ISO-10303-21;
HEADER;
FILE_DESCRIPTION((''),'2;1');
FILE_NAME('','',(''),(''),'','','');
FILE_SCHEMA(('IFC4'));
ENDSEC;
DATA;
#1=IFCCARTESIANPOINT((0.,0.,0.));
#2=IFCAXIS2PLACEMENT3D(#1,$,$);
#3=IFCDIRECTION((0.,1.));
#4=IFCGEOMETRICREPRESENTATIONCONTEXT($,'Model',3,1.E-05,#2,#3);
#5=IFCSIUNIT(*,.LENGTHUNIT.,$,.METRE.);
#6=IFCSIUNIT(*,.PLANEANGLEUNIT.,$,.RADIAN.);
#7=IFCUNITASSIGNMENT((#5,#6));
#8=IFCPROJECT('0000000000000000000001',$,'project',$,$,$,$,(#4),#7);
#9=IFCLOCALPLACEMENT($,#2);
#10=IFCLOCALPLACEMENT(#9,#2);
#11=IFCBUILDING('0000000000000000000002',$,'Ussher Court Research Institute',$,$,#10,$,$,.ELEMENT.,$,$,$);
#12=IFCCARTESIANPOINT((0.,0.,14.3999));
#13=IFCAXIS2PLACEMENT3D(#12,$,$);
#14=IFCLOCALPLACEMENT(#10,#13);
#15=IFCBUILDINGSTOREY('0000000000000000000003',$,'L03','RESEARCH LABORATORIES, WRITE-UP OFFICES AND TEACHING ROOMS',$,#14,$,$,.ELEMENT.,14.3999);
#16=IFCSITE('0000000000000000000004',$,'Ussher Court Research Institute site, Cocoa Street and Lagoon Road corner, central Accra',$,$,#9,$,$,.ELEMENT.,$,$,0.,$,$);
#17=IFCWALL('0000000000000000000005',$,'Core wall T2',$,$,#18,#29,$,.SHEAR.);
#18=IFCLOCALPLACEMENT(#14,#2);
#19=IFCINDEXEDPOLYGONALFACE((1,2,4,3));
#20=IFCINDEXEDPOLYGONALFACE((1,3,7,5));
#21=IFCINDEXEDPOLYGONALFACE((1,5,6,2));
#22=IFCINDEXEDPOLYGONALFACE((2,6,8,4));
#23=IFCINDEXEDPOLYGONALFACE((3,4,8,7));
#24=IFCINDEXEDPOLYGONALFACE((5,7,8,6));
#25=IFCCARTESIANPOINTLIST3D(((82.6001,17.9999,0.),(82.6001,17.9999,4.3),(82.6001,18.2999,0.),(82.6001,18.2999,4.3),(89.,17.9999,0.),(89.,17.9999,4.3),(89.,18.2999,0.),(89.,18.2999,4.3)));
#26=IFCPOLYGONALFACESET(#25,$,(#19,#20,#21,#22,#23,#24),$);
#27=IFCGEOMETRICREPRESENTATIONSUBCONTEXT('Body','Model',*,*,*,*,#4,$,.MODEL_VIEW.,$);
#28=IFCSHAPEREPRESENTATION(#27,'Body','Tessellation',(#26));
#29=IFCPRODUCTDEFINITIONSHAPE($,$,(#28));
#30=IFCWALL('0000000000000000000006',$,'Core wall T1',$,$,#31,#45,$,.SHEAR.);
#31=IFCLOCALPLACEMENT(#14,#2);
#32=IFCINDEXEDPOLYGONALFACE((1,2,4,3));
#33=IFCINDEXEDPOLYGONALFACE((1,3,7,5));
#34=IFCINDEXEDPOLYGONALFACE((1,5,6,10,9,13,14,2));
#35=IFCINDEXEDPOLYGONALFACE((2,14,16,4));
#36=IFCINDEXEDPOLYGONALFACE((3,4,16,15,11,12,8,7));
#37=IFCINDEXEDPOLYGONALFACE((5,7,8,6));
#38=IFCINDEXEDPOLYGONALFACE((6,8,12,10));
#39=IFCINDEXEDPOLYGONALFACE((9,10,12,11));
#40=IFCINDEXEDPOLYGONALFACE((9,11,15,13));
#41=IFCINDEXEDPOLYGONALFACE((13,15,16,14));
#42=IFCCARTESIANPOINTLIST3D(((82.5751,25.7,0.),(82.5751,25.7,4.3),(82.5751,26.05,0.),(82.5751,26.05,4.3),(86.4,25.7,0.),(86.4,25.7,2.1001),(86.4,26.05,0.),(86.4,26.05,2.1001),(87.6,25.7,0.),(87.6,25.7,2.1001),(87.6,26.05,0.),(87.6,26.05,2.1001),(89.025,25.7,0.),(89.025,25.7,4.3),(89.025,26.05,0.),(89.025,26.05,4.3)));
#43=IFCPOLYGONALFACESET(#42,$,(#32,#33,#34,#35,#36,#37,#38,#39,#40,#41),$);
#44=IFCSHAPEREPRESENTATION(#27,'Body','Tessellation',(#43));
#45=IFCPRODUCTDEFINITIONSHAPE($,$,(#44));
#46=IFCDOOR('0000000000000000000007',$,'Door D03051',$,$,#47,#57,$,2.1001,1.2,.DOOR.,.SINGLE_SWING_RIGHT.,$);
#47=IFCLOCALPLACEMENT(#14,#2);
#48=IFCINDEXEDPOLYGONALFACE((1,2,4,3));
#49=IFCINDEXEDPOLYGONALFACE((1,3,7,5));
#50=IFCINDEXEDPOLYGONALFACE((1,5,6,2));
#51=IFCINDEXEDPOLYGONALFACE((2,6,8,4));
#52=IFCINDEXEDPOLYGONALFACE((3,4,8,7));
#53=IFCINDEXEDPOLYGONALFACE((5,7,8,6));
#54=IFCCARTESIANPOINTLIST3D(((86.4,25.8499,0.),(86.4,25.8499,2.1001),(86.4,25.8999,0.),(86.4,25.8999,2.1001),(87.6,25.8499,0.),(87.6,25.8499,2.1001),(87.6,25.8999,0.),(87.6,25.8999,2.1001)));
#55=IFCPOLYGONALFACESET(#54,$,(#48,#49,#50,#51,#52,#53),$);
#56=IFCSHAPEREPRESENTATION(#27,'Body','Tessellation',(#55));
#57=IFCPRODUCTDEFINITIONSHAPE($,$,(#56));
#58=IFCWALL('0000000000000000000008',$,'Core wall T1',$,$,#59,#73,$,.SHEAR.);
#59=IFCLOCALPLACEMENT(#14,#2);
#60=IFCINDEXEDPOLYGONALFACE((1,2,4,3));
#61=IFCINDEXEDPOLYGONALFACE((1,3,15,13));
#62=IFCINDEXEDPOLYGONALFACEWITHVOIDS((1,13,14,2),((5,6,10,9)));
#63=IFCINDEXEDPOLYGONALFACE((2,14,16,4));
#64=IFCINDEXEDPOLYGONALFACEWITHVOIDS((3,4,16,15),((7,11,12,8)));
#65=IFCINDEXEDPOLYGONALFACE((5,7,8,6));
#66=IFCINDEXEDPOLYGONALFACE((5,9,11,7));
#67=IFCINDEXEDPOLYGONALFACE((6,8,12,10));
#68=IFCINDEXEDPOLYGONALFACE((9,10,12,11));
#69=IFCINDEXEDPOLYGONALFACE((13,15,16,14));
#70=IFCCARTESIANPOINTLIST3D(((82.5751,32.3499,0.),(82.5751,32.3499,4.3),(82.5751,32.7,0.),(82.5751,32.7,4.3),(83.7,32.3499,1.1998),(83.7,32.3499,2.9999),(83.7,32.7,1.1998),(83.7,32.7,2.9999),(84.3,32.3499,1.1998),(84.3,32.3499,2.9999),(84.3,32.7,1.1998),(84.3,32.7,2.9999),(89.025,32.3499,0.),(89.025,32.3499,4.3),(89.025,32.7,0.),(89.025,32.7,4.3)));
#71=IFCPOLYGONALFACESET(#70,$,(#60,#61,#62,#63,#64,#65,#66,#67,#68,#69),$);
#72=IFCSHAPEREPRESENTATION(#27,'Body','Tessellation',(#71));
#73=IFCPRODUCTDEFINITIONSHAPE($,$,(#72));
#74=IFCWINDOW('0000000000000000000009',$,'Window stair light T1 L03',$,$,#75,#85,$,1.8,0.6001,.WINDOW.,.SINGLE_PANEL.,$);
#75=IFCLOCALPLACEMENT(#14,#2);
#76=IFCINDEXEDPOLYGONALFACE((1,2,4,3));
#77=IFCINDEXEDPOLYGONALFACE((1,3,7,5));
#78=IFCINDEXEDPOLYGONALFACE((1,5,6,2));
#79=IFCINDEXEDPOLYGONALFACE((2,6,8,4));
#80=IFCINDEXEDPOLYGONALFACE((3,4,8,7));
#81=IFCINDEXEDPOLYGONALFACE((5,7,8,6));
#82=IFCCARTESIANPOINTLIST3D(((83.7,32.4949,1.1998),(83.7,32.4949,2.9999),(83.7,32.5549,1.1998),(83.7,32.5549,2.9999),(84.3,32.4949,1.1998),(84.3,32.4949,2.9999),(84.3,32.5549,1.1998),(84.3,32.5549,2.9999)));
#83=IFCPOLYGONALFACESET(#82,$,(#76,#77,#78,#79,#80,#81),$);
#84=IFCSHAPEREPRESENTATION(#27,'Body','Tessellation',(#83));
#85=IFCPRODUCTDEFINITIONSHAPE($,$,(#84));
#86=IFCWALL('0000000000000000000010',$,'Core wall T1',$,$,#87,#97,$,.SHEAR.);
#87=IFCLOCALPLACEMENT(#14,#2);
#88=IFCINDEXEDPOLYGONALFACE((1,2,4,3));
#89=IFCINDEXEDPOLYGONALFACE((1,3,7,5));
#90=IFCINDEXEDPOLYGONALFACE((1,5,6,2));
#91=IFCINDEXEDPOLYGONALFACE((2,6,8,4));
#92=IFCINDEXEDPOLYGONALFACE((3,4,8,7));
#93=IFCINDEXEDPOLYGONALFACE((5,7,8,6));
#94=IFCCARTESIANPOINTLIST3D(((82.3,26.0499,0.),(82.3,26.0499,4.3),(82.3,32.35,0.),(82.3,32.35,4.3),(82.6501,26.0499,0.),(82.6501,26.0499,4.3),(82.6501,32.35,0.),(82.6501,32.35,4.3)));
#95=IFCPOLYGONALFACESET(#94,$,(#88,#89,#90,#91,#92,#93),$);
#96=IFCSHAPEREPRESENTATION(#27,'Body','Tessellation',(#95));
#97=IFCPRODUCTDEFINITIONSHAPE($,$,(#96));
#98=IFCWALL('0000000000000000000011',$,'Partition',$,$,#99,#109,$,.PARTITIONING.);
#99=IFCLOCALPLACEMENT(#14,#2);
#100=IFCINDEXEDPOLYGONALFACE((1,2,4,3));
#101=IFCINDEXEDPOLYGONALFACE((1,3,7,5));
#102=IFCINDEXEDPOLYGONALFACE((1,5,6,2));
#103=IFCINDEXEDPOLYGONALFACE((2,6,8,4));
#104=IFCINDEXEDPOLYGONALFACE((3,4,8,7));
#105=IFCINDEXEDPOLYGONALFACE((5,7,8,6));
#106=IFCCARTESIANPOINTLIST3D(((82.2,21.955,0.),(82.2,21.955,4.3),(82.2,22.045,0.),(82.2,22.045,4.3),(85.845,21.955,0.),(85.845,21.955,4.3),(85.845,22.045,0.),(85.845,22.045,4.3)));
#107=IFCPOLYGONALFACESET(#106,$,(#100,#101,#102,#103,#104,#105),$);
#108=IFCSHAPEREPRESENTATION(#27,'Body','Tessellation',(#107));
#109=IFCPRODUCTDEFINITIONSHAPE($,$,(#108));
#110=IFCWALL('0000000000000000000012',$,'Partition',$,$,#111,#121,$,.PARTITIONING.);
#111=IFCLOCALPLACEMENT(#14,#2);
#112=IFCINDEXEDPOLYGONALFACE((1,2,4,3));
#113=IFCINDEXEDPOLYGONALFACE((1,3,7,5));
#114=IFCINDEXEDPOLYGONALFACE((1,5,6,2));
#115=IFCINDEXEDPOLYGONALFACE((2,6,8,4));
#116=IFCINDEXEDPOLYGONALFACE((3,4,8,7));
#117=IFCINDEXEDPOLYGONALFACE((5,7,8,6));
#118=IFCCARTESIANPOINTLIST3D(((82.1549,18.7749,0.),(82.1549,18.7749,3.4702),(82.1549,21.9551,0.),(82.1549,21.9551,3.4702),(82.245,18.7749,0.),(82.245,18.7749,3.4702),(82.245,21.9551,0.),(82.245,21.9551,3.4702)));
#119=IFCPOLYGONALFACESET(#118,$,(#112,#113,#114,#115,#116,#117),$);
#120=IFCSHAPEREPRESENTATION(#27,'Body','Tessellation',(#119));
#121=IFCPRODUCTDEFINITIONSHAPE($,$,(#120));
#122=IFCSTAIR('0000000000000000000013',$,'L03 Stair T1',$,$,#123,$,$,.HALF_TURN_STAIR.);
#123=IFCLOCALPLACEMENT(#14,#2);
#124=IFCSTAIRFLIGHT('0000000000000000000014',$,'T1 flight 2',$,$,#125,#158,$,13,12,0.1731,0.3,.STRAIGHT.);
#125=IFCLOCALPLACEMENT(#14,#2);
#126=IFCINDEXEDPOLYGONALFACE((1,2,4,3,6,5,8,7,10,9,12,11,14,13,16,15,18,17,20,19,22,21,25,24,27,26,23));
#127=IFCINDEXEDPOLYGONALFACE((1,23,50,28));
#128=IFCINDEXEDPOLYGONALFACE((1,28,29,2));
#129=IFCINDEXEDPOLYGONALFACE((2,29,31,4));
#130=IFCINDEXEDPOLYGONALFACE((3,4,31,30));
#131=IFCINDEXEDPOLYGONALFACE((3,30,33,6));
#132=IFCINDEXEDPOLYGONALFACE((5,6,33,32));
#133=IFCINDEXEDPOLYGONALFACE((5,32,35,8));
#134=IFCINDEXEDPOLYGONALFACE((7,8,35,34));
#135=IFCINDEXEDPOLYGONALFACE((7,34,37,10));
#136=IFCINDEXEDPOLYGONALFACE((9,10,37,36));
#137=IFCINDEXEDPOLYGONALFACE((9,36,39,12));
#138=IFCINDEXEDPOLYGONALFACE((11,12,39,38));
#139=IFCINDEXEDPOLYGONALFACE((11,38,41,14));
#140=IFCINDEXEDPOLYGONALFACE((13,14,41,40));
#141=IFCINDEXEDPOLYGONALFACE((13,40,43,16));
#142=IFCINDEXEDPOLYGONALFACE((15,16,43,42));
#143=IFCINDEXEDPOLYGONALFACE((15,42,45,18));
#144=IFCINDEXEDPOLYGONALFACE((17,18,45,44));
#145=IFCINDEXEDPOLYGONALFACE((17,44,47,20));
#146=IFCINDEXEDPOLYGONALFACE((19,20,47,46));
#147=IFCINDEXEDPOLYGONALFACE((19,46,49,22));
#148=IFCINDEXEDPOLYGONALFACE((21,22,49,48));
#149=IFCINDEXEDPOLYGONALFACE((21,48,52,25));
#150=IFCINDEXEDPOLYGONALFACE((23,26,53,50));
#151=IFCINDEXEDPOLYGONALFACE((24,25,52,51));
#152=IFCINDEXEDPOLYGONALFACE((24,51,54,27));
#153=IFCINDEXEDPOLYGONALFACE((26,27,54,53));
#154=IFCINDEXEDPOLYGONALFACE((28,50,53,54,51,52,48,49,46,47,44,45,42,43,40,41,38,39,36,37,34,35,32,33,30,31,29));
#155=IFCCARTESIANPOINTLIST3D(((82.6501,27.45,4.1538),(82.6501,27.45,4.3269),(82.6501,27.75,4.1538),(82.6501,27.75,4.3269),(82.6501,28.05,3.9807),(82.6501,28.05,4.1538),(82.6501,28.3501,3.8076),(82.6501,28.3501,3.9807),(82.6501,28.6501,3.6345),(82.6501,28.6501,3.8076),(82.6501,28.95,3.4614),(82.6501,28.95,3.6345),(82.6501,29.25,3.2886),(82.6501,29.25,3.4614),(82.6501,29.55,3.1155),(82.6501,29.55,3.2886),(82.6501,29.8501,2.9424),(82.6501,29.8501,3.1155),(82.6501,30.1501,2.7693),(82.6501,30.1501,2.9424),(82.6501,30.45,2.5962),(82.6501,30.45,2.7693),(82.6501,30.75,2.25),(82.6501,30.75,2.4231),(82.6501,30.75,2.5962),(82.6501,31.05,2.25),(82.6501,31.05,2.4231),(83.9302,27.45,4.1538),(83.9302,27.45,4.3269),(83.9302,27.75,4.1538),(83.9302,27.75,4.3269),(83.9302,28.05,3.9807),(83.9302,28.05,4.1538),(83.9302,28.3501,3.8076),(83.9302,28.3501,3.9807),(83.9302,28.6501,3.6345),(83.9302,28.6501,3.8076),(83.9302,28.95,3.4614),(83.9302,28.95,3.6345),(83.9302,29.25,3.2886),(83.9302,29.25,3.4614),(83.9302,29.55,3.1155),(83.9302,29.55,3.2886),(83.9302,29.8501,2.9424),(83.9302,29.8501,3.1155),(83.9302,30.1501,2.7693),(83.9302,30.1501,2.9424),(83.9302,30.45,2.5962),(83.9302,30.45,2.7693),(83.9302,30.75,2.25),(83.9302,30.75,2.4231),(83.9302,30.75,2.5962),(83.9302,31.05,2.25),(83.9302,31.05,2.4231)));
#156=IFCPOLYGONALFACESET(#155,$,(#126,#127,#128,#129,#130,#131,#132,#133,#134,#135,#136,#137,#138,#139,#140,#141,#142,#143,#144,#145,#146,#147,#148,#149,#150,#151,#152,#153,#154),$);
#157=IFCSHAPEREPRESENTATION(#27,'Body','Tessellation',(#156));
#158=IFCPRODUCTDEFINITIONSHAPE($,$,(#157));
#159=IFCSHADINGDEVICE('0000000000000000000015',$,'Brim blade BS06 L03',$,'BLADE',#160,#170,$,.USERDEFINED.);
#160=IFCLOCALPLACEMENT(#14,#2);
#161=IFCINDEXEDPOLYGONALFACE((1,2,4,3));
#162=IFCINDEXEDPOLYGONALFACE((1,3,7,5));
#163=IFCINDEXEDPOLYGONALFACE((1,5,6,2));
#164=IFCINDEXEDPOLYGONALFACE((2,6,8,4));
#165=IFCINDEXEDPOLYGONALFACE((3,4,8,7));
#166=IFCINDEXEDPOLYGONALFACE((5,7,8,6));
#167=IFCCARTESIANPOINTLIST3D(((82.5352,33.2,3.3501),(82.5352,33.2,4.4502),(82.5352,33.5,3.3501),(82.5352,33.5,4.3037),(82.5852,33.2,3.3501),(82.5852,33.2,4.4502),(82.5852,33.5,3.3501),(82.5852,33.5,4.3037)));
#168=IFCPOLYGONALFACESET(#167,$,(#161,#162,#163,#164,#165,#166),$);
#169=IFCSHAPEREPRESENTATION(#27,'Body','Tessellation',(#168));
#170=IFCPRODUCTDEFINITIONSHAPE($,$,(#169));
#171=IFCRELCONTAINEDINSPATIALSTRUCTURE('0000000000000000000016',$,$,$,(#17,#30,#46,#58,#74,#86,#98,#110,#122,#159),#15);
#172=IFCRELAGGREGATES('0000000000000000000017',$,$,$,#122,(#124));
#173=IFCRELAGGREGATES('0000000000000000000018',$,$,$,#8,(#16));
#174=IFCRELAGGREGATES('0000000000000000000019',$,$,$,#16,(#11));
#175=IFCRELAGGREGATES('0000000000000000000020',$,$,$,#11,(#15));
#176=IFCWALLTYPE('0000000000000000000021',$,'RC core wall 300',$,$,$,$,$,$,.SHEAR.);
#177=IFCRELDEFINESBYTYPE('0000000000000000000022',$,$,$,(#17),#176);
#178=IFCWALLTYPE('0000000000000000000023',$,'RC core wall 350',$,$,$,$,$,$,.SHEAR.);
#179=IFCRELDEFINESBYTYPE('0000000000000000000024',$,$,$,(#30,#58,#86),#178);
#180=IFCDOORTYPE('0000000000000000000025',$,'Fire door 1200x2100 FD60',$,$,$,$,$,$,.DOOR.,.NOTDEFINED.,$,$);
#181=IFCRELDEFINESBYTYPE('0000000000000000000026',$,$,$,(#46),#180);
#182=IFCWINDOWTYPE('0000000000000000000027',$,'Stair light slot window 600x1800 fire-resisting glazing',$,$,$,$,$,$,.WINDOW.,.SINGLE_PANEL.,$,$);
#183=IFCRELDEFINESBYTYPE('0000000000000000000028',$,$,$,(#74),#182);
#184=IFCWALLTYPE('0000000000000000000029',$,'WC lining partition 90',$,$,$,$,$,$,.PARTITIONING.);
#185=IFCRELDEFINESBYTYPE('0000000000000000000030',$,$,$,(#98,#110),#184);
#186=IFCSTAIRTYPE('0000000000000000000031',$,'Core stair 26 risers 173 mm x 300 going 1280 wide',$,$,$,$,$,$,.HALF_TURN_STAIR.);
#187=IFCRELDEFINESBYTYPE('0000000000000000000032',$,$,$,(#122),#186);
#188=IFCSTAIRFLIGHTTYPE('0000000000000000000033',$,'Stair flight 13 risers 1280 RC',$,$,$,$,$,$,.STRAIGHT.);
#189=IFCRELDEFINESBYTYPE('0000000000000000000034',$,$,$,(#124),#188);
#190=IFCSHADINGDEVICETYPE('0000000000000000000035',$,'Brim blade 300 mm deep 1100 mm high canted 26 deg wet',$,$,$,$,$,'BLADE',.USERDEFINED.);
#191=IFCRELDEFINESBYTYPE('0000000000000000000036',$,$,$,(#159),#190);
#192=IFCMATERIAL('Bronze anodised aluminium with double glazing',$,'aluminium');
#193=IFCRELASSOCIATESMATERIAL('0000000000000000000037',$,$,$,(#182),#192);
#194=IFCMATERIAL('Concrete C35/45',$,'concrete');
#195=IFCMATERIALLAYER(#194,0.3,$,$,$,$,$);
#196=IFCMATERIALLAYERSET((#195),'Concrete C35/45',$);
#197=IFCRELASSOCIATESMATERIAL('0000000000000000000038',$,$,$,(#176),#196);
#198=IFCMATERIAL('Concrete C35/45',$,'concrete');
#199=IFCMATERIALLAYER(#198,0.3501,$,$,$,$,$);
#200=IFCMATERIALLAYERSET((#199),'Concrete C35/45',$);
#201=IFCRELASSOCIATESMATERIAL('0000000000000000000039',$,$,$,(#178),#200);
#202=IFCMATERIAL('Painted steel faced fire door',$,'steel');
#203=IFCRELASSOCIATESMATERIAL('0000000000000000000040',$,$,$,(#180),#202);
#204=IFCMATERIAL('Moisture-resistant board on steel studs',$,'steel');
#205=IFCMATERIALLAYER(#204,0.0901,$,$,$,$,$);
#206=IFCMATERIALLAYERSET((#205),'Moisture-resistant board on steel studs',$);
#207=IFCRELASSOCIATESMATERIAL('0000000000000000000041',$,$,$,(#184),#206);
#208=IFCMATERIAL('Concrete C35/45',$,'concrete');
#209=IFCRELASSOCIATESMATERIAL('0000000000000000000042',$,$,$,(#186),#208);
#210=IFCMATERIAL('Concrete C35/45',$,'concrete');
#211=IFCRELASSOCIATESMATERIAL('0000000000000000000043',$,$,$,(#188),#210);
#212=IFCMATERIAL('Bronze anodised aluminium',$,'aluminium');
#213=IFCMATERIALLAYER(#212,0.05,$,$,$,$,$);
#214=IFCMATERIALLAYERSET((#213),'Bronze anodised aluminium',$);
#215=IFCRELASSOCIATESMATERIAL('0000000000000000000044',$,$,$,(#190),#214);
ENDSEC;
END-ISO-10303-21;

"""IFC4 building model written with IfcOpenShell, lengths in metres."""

from ifc_helpers import new_model, si_unit, direction, frame, frame_2d, origin, place, context, subcontext, project, spatial, polyline, rectangle, outline, extrude, material, layer, layer_set, type_object, element, fill, aggregate, save


model = new_model("IFC4")

# Units and contexts
model_context = context("Model", 3, precision=1e-05, world=origin(), true_north=direction((0.0, 1.0)))
body_context = subcontext(model_context, "Body", "Model", "MODEL_VIEW")
ifc_project = project(units=[si_unit("LENGTHUNIT", "METRE"), si_unit("PLANEANGLEUNIT", "RADIAN")], contexts=[model_context])

# Site, building, storey
site_placement = place(None, origin())
site = spatial("IfcSite", under=ifc_project, at=site_placement, Name="Ussher Court Research Institute site, Cocoa Street and Lagoon Road corner, central Accra", CompositionType="ELEMENT", RefElevation=0.0)
building_placement = place(site_placement, origin())
building = spatial("IfcBuilding", under=site, at=building_placement, Name="Ussher Court Research Institute", CompositionType="ELEMENT")
storey_placement = place(building_placement, frame((0.0, 0.0, 14.3999)))
storey = spatial("IfcBuildingStorey", under=building, at=storey_placement, Name="L03", Description="RESEARCH LABORATORIES, WRITE-UP OFFICES AND TEACHING ROOMS", CompositionType="ELEMENT", Elevation=14.3999)

# Shared definitions
ifc_material_1 = material(Name="Bronze anodised aluminium with double glazing", Category="aluminium")
window_type = type_object("IfcWindowType", Name="Stair light slot window 600x1800 fire-resisting glazing", PartitioningType="SINGLE_PANEL", PredefinedType="WINDOW", material=ifc_material_1)

# Wall
ifc_material_2 = material(Name="Concrete C35/45", Category="concrete")
ifc_layer_1 = layer(ifc_material_2, 0.3)
ifc_layer_set_1 = layer_set([ifc_layer_1], Name="Concrete C35/45")
wall_type_1 = type_object("IfcWallType", Name="RC core wall 300", PredefinedType="SHEAR", material=ifc_layer_set_1)
wall_1_placement = place(storey_placement, frame((82.6001, 18.1499, 0.0), z_axis=(0.0, 0.0, 1.0), x_axis=(1.0, 0.0, 0.0)))
element("IfcWall", 1, at=wall_1_placement, inside=storey, type_object=wall_type_1, Name="Core wall T2", PredefinedType="SHEAR", context=body_context, shape_type="SweptSolid", body=[
    extrude(rectangle(XDim=6.3999, YDim=0.3, at=frame_2d((3.2, 0.0))), origin(), (0.0, 0.0, 1.0), 4.3),
])

# Wall, opening, door
ifc_material_3 = material(Name="Concrete C35/45", Category="concrete")
ifc_layer_2 = layer(ifc_material_3, 0.3501)
ifc_layer_set_2 = layer_set([ifc_layer_2], Name="Concrete C35/45")
wall_type_2 = type_object("IfcWallType", Name="RC core wall 350", PredefinedType="SHEAR", material=ifc_layer_set_2)
wall_2_placement = place(storey_placement, frame((82.575, 25.875, 0.0), z_axis=(0.0, 0.0, 1.0), x_axis=(1.0, 0.0, 0.0)))
wall_2 = element("IfcWall", 2, at=wall_2_placement, inside=storey, type_object=wall_type_2, Name="Core wall T1", PredefinedType="SHEAR", context=body_context, shape_type="SweptSolid", body=[
    extrude(rectangle(XDim=6.45, YDim=0.3501, at=frame_2d((3.2251, 0.0))), origin(), (0.0, 0.0, 1.0), 4.3),
])
opening_1_placement = place(wall_2_placement, frame((3.825, 0.0, 0.0)))
opening_1 = element("IfcOpeningElement", 3, at=opening_1_placement, cuts=wall_2, PredefinedType="OPENING", context=body_context, shape_type="SweptSolid", body=[
    extrude(rectangle(XDim=1.2, YDim=2.1001, at=frame_2d((0.6001, 1.05))), frame((0.0, 0.1851, 0.0), z_axis=(0.0, -1.0, 0.0), x_axis=(1.0, 0.0, 0.0)), (0.0, 0.0, 1.0), 0.3701),
])
ifc_material_4 = material(Name="Painted steel faced fire door", Category="steel")
door_type_1 = type_object("IfcDoorType", Name="Fire door 1200x2100 FD60", OperationType="NOTDEFINED", PredefinedType="DOOR", material=ifc_material_4)
door_1_placement = place(opening_1_placement, origin())
door_1 = element("IfcDoor", 4, at=door_1_placement, inside=storey, type_object=door_type_1, Name="Door D03051", OperationType="SINGLE_SWING_RIGHT", OverallHeight=2.1001, OverallWidth=1.2, PredefinedType="DOOR", context=body_context, shape_type="SweptSolid", body=[
    extrude(rectangle(XDim=1.2, YDim=2.1001, at=frame_2d((0.6001, 1.05))), frame((0.0, 0.0249, 0.0), z_axis=(0.0, -1.0, 0.0), x_axis=(1.0, 0.0, 0.0)), (0.0, 0.0, 1.0), 0.05),
])
fill(opening_1, door_1)

# Wall, opening, window
wall_3_placement = place(storey_placement, frame((82.575, 32.5249, 0.0), z_axis=(0.0, 0.0, 1.0), x_axis=(1.0, 0.0, 0.0)))
wall_3 = element("IfcWall", 5, at=wall_3_placement, inside=storey, type_object=wall_type_2, Name="Core wall T1", PredefinedType="SHEAR", context=body_context, shape_type="SweptSolid", body=[
    extrude(rectangle(XDim=6.45, YDim=0.3501, at=frame_2d((3.2251, 0.0))), origin(), (0.0, 0.0, 1.0), 4.3),
])
opening_2_placement = place(wall_3_placement, frame((1.125, 0.0, 1.2)))
opening_2 = element("IfcOpeningElement", 6, at=opening_2_placement, cuts=wall_3, PredefinedType="OPENING", context=body_context, shape_type="SweptSolid", body=[
    extrude(rectangle(XDim=0.6001, YDim=1.8, at=frame_2d((0.3, 0.8999))), frame((0.0, 0.1851, 0.0), z_axis=(0.0, -1.0, 0.0), x_axis=(1.0, 0.0, 0.0)), (0.0, 0.0, 1.0), 0.3701),
])
window_1_placement = place(opening_2_placement, origin())
window_1 = element("IfcWindow", 7, at=window_1_placement, inside=storey, type_object=window_type, Name="Window stair light T1 L03", OverallHeight=1.8, OverallWidth=0.6001, PartitioningType="SINGLE_PANEL", PredefinedType="WINDOW", context=body_context, shape_type="SweptSolid", body=[
    extrude(rectangle(XDim=0.6001, YDim=1.8, at=frame_2d((0.3, 0.8999))), frame((0.0, 0.03, 0.0), z_axis=(0.0, -1.0, 0.0), x_axis=(1.0, 0.0, 0.0)), (0.0, 0.0, 1.0), 0.0601),
])
fill(opening_2, window_1)

# Walls
wall_4_placement = place(storey_placement, frame((82.4751, 26.05, 0.0), z_axis=(0.0, 0.0, 1.0), x_axis=(0.0, 1.0, 0.0)))
element("IfcWall", 8, at=wall_4_placement, inside=storey, type_object=wall_type_2, Name="Core wall T1", PredefinedType="SHEAR", context=body_context, shape_type="SweptSolid", body=[
    extrude(rectangle(XDim=6.3, YDim=0.3501, at=frame_2d((3.1499, 0.0))), origin(), (0.0, 0.0, 1.0), 4.3),
])
ifc_material_5 = material(Name="Moisture-resistant board on steel studs", Category="steel")
ifc_layer_3 = layer(ifc_material_5, 0.0901)
ifc_layer_set_3 = layer_set([ifc_layer_3], Name="Moisture-resistant board on steel studs")
wall_type_3 = type_object("IfcWallType", Name="WC lining partition 90", PredefinedType="PARTITIONING", material=ifc_layer_set_3)
wall_5_placement = place(storey_placement, frame((82.2, 22.0, 0.0), z_axis=(0.0, 0.0, 1.0), x_axis=(1.0, 0.0, 0.0)))
element("IfcWall", 9, at=wall_5_placement, inside=storey, type_object=wall_type_3, Name="Partition", PredefinedType="PARTITIONING", context=body_context, shape_type="SweptSolid", body=[
    extrude(rectangle(XDim=3.645, YDim=0.0901, at=frame_2d((1.8225, 0.0))), origin(), (0.0, 0.0, 1.0), 4.3),
])
wall_6_placement = place(storey_placement, frame((82.2, 18.7749, 0.0), z_axis=(0.0, 0.0, 1.0), x_axis=(0.0, 1.0, 0.0)))
element("IfcWall", 10, at=wall_6_placement, inside=storey, type_object=wall_type_3, Name="Partition", PredefinedType="PARTITIONING", context=body_context, shape_type="SweptSolid", body=[
    extrude(rectangle(XDim=3.1802, YDim=0.0901, at=frame_2d((1.5901, 0.0))), origin(), (0.0, 0.0, 1.0), 3.4702),
])

# Stair, stair flight
ifc_material_6 = material(Name="Concrete C35/45", Category="concrete")
stair_type = type_object("IfcStairType", Name="Core stair 26 risers 173 mm x 300 going 1280 wide", PredefinedType="HALF_TURN_STAIR", material=ifc_material_6)
stair_placement = place(storey_placement, origin())
stair = element("IfcStair", 11, at=stair_placement, inside=storey, type_object=stair_type, Name="L03 Stair T1", PredefinedType="HALF_TURN_STAIR")
ifc_material_7 = material(Name="Concrete C35/45", Category="concrete")
stair_flight_type = type_object("IfcStairFlightType", Name="Stair flight 13 risers 1280 RC", PredefinedType="STRAIGHT", material=ifc_material_7)
stair_flight_placement = place(storey_placement, frame((83.29, 31.05, 2.25), z_axis=(0.0, 0.0, 1.0), x_axis=(0.0, -1.0, 0.0)))
stair_flight = element("IfcStairFlight", 12, at=stair_flight_placement, type_object=stair_flight_type, Name="T1 flight 2", NumberOfRisers=13, NumberOfTreads=12, PredefinedType="STRAIGHT", RiserHeight=0.1731, TreadLength=0.3, context=body_context, shape_type="SweptSolid", body=[
    extrude(outline(polyline([(0.0, 0.0), (0.0, 0.1731), (0.3, 0.1731), (0.3, 0.3462), (0.6001, 0.3462), (0.6001, 0.5193), (0.8999, 0.5193), (0.8999, 0.6924), (1.2, 0.6924), (1.2, 0.8655), (1.5, 0.8655), (1.5, 1.0386), (1.8, 1.0386), (1.8, 1.2114), (2.1001, 1.2114), (2.1001, 1.3845), (2.3999, 1.3845), (2.3999, 1.5576), (2.7, 1.5576), (2.7, 1.7307), (3.0, 1.7307), (3.0, 1.9038), (3.3, 1.9038), (3.3, 2.0769), (3.6001, 2.0769), (3.6001, 2.25), (3.6001, 1.9038), (0.3, 0.0), (0.0, 0.0)])), frame((0.0, 0.6401, 0.0), z_axis=(0.0, -1.0, 0.0), x_axis=(1.0, 0.0, 0.0)), (0.0, 0.0, 1.0), 1.28),
])
aggregate(stair, [stair_flight])

# Shading device
ifc_material_8 = material(Name="Bronze anodised aluminium", Category="aluminium")
ifc_layer_4 = layer(ifc_material_8, 0.05)
ifc_layer_set_4 = layer_set([ifc_layer_4], Name="Bronze anodised aluminium")
shading_device_type_1 = type_object("IfcShadingDeviceType", Name="Brim blade 300 mm deep 1100 mm high canted 26 deg wet", ElementType="BLADE", PredefinedType="USERDEFINED", material=ifc_layer_set_4)
shading_device_1_placement = place(storey_placement, frame((82.5601, 33.2, 3.3501), z_axis=(0.0, 0.0, 1.0), x_axis=(0.0, 1.0, 0.0)))
element("IfcShadingDevice", 13, at=shading_device_1_placement, inside=storey, type_object=shading_device_type_1, Name="Brim blade BS06 L03", ObjectType="BLADE", PredefinedType="USERDEFINED", context=body_context, shape_type="SweptSolid", body=[
    extrude(outline(polyline([(0.0, 0.0), (0.3, 0.0), (0.3, 0.9536), (0.0, 1.1001), (0.0, 0.0)])), frame((0.0, 0.0249, 0.0), z_axis=(0.0, -1.0, 0.0), x_axis=(1.0, 0.0, 0.0)), (0.0, 0.0, 1.0), 0.05),
])

save(model, "model.ifc")
